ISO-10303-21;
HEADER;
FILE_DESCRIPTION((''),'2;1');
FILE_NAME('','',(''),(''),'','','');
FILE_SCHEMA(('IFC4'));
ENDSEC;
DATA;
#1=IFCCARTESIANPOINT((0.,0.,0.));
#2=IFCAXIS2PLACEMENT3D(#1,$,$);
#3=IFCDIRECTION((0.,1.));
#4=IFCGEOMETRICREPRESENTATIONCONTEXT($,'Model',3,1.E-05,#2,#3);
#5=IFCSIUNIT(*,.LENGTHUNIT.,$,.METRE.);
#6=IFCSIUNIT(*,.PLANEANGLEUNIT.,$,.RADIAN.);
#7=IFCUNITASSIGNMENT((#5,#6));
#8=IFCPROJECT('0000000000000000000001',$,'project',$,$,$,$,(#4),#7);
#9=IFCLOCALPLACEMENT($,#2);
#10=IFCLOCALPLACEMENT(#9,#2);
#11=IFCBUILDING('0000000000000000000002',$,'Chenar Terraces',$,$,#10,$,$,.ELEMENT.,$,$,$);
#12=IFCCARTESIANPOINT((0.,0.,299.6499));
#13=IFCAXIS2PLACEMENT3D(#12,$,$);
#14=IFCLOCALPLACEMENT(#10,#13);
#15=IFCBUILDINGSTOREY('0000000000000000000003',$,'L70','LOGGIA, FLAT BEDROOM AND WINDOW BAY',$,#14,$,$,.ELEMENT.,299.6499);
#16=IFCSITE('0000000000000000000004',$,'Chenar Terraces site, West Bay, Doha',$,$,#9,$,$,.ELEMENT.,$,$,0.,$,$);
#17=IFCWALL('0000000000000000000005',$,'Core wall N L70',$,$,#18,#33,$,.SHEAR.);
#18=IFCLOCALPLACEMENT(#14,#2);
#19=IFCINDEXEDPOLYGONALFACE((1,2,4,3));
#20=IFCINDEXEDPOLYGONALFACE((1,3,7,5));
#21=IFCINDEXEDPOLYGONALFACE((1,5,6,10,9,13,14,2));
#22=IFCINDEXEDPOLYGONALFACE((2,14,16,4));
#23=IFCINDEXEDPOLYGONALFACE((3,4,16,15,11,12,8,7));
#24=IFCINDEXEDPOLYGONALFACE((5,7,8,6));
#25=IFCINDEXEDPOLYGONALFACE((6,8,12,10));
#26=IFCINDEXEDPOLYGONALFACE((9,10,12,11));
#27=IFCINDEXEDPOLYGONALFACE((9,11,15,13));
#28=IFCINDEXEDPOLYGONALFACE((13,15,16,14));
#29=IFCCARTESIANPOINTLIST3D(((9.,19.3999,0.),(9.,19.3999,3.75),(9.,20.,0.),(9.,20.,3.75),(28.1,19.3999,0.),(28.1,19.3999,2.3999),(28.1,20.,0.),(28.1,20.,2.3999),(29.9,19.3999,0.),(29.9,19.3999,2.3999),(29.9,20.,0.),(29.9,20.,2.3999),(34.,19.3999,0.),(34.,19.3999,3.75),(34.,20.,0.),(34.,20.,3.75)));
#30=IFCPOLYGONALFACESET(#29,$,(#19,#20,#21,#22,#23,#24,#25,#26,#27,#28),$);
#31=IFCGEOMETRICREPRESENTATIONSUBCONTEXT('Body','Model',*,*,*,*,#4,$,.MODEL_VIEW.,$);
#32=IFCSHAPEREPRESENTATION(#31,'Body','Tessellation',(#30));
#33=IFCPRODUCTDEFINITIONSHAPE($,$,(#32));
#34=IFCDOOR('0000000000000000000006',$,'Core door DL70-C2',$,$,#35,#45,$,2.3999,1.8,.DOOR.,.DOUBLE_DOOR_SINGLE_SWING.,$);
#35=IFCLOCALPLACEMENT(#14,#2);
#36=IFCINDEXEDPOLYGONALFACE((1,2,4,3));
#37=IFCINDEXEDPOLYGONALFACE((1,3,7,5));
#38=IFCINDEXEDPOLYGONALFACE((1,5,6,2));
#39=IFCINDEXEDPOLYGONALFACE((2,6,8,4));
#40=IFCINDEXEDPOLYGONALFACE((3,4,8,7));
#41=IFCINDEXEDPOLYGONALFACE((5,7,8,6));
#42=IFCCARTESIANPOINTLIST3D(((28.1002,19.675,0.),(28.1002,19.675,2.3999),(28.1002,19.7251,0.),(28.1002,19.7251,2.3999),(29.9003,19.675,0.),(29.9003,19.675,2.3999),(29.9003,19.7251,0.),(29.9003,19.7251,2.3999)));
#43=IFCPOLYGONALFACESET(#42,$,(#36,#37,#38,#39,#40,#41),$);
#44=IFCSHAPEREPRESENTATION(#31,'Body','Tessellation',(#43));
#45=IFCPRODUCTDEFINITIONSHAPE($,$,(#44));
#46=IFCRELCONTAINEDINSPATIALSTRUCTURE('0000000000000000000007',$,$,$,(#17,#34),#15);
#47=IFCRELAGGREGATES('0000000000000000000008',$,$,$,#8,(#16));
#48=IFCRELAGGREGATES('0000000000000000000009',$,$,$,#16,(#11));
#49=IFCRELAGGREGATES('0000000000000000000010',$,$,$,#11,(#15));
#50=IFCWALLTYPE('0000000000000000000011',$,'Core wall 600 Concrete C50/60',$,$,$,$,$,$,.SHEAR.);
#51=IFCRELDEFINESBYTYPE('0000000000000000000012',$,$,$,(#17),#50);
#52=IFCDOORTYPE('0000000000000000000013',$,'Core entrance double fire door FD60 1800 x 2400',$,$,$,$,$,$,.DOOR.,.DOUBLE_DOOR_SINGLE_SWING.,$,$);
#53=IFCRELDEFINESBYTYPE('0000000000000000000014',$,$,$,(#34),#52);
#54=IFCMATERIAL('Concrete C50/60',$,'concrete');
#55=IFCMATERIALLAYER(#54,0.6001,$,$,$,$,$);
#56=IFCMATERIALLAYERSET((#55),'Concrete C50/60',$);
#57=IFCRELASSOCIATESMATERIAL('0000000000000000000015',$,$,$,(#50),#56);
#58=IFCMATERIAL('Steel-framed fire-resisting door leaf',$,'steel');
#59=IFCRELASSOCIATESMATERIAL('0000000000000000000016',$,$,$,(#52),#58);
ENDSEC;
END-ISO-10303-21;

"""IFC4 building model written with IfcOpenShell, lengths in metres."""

from ifc_helpers import new_model, si_unit, direction, frame, frame_2d, origin, place, context, subcontext, project, spatial, rectangle, extrude, material, layer, layer_set, type_object, element, fill, save


model = new_model("IFC4")

# Units and contexts
model_context = context("Model", 3, precision=1e-05, world=origin(), true_north=direction((0.0, 1.0)))
body_context = subcontext(model_context, "Body", "Model", "MODEL_VIEW")
ifc_project = project(units=[si_unit("LENGTHUNIT", "METRE"), si_unit("PLANEANGLEUNIT", "RADIAN")], contexts=[model_context])

# Site, building, storey
site_placement = place(None, origin())
site = spatial("IfcSite", under=ifc_project, at=site_placement, Name="Chenar Terraces site, West Bay, Doha", CompositionType="ELEMENT", RefElevation=0.0)
building_placement = place(site_placement, origin())
building = spatial("IfcBuilding", under=site, at=building_placement, Name="Chenar Terraces", CompositionType="ELEMENT")
storey_placement = place(building_placement, frame((0.0, 0.0, 299.6499)))
storey = spatial("IfcBuildingStorey", under=building, at=storey_placement, Name="L70", Description="LOGGIA, FLAT BEDROOM AND WINDOW BAY", CompositionType="ELEMENT", Elevation=299.6499)

# Wall, opening, door
ifc_material_1 = material(Name="Concrete C50/60", Category="concrete")
ifc_layer_1 = layer(ifc_material_1, 0.6001)
ifc_layer_set_1 = layer_set([ifc_layer_1], Name="Concrete C50/60")
wall_type_1 = type_object("IfcWallType", Name="Core wall 600 Concrete C50/60", PredefinedType="SHEAR", material=ifc_layer_set_1)
wall_1_placement = place(storey_placement, frame((9.0, 19.7, 0.0), z_axis=(0.0, 0.0, 1.0), x_axis=(1.0, 0.0, 0.0)))
wall_1 = element("IfcWall", 1, at=wall_1_placement, inside=storey, type_object=wall_type_1, Name="Core wall N L70", PredefinedType="SHEAR", context=body_context, shape_type="SweptSolid", body=[
    extrude(rectangle(XDim=25.0, YDim=0.6001, at=frame_2d((12.5, 0.0))), origin(), (0.0, 0.0, 1.0), 3.75),
])
opening_1_placement = place(wall_1_placement, frame((19.1001, 0.0, 0.0)))
opening_1 = element("IfcOpeningElement", 2, at=opening_1_placement, cuts=wall_1, PredefinedType="OPENING", context=body_context, shape_type="SweptSolid", body=[
    extrude(rectangle(XDim=1.8, YDim=2.3999, at=frame_2d((0.8999, 1.2))), frame((0.0, 0.3101, 0.0), z_axis=(0.0, -1.0, 0.0), x_axis=(1.0, 0.0, 0.0)), (0.0, 0.0, 1.0), 0.6201),
])
ifc_material_2 = material(Name="Steel-framed fire-resisting door leaf", Category="steel")
door_type_1 = type_object("IfcDoorType", Name="Core entrance double fire door FD60 1800 x 2400", OperationType="DOUBLE_DOOR_SINGLE_SWING", PredefinedType="DOOR", material=ifc_material_2)
door_1_placement = place(opening_1_placement, frame((1.8, 0.0, 0.0), z_axis=(0.0, 0.0, 1.0), x_axis=(-1.0, 0.0, 0.0)))
door_1 = element("IfcDoor", 3, at=door_1_placement, inside=storey, type_object=door_type_1, Name="Core door DL70-C2", OperationType="DOUBLE_DOOR_SINGLE_SWING", OverallHeight=2.3999, OverallWidth=1.8, PredefinedType="DOOR", context=body_context, shape_type="SweptSolid", body=[
    extrude(rectangle(XDim=1.8, YDim=2.3999, at=frame_2d((0.8999, 1.2))), frame((0.0, 0.0249, 0.0), z_axis=(0.0, -1.0, 0.0), x_axis=(1.0, 0.0, 0.0)), (0.0, 0.0, 1.0), 0.05),
])
fill(opening_1, door_1)

save(model, "model.ifc")
